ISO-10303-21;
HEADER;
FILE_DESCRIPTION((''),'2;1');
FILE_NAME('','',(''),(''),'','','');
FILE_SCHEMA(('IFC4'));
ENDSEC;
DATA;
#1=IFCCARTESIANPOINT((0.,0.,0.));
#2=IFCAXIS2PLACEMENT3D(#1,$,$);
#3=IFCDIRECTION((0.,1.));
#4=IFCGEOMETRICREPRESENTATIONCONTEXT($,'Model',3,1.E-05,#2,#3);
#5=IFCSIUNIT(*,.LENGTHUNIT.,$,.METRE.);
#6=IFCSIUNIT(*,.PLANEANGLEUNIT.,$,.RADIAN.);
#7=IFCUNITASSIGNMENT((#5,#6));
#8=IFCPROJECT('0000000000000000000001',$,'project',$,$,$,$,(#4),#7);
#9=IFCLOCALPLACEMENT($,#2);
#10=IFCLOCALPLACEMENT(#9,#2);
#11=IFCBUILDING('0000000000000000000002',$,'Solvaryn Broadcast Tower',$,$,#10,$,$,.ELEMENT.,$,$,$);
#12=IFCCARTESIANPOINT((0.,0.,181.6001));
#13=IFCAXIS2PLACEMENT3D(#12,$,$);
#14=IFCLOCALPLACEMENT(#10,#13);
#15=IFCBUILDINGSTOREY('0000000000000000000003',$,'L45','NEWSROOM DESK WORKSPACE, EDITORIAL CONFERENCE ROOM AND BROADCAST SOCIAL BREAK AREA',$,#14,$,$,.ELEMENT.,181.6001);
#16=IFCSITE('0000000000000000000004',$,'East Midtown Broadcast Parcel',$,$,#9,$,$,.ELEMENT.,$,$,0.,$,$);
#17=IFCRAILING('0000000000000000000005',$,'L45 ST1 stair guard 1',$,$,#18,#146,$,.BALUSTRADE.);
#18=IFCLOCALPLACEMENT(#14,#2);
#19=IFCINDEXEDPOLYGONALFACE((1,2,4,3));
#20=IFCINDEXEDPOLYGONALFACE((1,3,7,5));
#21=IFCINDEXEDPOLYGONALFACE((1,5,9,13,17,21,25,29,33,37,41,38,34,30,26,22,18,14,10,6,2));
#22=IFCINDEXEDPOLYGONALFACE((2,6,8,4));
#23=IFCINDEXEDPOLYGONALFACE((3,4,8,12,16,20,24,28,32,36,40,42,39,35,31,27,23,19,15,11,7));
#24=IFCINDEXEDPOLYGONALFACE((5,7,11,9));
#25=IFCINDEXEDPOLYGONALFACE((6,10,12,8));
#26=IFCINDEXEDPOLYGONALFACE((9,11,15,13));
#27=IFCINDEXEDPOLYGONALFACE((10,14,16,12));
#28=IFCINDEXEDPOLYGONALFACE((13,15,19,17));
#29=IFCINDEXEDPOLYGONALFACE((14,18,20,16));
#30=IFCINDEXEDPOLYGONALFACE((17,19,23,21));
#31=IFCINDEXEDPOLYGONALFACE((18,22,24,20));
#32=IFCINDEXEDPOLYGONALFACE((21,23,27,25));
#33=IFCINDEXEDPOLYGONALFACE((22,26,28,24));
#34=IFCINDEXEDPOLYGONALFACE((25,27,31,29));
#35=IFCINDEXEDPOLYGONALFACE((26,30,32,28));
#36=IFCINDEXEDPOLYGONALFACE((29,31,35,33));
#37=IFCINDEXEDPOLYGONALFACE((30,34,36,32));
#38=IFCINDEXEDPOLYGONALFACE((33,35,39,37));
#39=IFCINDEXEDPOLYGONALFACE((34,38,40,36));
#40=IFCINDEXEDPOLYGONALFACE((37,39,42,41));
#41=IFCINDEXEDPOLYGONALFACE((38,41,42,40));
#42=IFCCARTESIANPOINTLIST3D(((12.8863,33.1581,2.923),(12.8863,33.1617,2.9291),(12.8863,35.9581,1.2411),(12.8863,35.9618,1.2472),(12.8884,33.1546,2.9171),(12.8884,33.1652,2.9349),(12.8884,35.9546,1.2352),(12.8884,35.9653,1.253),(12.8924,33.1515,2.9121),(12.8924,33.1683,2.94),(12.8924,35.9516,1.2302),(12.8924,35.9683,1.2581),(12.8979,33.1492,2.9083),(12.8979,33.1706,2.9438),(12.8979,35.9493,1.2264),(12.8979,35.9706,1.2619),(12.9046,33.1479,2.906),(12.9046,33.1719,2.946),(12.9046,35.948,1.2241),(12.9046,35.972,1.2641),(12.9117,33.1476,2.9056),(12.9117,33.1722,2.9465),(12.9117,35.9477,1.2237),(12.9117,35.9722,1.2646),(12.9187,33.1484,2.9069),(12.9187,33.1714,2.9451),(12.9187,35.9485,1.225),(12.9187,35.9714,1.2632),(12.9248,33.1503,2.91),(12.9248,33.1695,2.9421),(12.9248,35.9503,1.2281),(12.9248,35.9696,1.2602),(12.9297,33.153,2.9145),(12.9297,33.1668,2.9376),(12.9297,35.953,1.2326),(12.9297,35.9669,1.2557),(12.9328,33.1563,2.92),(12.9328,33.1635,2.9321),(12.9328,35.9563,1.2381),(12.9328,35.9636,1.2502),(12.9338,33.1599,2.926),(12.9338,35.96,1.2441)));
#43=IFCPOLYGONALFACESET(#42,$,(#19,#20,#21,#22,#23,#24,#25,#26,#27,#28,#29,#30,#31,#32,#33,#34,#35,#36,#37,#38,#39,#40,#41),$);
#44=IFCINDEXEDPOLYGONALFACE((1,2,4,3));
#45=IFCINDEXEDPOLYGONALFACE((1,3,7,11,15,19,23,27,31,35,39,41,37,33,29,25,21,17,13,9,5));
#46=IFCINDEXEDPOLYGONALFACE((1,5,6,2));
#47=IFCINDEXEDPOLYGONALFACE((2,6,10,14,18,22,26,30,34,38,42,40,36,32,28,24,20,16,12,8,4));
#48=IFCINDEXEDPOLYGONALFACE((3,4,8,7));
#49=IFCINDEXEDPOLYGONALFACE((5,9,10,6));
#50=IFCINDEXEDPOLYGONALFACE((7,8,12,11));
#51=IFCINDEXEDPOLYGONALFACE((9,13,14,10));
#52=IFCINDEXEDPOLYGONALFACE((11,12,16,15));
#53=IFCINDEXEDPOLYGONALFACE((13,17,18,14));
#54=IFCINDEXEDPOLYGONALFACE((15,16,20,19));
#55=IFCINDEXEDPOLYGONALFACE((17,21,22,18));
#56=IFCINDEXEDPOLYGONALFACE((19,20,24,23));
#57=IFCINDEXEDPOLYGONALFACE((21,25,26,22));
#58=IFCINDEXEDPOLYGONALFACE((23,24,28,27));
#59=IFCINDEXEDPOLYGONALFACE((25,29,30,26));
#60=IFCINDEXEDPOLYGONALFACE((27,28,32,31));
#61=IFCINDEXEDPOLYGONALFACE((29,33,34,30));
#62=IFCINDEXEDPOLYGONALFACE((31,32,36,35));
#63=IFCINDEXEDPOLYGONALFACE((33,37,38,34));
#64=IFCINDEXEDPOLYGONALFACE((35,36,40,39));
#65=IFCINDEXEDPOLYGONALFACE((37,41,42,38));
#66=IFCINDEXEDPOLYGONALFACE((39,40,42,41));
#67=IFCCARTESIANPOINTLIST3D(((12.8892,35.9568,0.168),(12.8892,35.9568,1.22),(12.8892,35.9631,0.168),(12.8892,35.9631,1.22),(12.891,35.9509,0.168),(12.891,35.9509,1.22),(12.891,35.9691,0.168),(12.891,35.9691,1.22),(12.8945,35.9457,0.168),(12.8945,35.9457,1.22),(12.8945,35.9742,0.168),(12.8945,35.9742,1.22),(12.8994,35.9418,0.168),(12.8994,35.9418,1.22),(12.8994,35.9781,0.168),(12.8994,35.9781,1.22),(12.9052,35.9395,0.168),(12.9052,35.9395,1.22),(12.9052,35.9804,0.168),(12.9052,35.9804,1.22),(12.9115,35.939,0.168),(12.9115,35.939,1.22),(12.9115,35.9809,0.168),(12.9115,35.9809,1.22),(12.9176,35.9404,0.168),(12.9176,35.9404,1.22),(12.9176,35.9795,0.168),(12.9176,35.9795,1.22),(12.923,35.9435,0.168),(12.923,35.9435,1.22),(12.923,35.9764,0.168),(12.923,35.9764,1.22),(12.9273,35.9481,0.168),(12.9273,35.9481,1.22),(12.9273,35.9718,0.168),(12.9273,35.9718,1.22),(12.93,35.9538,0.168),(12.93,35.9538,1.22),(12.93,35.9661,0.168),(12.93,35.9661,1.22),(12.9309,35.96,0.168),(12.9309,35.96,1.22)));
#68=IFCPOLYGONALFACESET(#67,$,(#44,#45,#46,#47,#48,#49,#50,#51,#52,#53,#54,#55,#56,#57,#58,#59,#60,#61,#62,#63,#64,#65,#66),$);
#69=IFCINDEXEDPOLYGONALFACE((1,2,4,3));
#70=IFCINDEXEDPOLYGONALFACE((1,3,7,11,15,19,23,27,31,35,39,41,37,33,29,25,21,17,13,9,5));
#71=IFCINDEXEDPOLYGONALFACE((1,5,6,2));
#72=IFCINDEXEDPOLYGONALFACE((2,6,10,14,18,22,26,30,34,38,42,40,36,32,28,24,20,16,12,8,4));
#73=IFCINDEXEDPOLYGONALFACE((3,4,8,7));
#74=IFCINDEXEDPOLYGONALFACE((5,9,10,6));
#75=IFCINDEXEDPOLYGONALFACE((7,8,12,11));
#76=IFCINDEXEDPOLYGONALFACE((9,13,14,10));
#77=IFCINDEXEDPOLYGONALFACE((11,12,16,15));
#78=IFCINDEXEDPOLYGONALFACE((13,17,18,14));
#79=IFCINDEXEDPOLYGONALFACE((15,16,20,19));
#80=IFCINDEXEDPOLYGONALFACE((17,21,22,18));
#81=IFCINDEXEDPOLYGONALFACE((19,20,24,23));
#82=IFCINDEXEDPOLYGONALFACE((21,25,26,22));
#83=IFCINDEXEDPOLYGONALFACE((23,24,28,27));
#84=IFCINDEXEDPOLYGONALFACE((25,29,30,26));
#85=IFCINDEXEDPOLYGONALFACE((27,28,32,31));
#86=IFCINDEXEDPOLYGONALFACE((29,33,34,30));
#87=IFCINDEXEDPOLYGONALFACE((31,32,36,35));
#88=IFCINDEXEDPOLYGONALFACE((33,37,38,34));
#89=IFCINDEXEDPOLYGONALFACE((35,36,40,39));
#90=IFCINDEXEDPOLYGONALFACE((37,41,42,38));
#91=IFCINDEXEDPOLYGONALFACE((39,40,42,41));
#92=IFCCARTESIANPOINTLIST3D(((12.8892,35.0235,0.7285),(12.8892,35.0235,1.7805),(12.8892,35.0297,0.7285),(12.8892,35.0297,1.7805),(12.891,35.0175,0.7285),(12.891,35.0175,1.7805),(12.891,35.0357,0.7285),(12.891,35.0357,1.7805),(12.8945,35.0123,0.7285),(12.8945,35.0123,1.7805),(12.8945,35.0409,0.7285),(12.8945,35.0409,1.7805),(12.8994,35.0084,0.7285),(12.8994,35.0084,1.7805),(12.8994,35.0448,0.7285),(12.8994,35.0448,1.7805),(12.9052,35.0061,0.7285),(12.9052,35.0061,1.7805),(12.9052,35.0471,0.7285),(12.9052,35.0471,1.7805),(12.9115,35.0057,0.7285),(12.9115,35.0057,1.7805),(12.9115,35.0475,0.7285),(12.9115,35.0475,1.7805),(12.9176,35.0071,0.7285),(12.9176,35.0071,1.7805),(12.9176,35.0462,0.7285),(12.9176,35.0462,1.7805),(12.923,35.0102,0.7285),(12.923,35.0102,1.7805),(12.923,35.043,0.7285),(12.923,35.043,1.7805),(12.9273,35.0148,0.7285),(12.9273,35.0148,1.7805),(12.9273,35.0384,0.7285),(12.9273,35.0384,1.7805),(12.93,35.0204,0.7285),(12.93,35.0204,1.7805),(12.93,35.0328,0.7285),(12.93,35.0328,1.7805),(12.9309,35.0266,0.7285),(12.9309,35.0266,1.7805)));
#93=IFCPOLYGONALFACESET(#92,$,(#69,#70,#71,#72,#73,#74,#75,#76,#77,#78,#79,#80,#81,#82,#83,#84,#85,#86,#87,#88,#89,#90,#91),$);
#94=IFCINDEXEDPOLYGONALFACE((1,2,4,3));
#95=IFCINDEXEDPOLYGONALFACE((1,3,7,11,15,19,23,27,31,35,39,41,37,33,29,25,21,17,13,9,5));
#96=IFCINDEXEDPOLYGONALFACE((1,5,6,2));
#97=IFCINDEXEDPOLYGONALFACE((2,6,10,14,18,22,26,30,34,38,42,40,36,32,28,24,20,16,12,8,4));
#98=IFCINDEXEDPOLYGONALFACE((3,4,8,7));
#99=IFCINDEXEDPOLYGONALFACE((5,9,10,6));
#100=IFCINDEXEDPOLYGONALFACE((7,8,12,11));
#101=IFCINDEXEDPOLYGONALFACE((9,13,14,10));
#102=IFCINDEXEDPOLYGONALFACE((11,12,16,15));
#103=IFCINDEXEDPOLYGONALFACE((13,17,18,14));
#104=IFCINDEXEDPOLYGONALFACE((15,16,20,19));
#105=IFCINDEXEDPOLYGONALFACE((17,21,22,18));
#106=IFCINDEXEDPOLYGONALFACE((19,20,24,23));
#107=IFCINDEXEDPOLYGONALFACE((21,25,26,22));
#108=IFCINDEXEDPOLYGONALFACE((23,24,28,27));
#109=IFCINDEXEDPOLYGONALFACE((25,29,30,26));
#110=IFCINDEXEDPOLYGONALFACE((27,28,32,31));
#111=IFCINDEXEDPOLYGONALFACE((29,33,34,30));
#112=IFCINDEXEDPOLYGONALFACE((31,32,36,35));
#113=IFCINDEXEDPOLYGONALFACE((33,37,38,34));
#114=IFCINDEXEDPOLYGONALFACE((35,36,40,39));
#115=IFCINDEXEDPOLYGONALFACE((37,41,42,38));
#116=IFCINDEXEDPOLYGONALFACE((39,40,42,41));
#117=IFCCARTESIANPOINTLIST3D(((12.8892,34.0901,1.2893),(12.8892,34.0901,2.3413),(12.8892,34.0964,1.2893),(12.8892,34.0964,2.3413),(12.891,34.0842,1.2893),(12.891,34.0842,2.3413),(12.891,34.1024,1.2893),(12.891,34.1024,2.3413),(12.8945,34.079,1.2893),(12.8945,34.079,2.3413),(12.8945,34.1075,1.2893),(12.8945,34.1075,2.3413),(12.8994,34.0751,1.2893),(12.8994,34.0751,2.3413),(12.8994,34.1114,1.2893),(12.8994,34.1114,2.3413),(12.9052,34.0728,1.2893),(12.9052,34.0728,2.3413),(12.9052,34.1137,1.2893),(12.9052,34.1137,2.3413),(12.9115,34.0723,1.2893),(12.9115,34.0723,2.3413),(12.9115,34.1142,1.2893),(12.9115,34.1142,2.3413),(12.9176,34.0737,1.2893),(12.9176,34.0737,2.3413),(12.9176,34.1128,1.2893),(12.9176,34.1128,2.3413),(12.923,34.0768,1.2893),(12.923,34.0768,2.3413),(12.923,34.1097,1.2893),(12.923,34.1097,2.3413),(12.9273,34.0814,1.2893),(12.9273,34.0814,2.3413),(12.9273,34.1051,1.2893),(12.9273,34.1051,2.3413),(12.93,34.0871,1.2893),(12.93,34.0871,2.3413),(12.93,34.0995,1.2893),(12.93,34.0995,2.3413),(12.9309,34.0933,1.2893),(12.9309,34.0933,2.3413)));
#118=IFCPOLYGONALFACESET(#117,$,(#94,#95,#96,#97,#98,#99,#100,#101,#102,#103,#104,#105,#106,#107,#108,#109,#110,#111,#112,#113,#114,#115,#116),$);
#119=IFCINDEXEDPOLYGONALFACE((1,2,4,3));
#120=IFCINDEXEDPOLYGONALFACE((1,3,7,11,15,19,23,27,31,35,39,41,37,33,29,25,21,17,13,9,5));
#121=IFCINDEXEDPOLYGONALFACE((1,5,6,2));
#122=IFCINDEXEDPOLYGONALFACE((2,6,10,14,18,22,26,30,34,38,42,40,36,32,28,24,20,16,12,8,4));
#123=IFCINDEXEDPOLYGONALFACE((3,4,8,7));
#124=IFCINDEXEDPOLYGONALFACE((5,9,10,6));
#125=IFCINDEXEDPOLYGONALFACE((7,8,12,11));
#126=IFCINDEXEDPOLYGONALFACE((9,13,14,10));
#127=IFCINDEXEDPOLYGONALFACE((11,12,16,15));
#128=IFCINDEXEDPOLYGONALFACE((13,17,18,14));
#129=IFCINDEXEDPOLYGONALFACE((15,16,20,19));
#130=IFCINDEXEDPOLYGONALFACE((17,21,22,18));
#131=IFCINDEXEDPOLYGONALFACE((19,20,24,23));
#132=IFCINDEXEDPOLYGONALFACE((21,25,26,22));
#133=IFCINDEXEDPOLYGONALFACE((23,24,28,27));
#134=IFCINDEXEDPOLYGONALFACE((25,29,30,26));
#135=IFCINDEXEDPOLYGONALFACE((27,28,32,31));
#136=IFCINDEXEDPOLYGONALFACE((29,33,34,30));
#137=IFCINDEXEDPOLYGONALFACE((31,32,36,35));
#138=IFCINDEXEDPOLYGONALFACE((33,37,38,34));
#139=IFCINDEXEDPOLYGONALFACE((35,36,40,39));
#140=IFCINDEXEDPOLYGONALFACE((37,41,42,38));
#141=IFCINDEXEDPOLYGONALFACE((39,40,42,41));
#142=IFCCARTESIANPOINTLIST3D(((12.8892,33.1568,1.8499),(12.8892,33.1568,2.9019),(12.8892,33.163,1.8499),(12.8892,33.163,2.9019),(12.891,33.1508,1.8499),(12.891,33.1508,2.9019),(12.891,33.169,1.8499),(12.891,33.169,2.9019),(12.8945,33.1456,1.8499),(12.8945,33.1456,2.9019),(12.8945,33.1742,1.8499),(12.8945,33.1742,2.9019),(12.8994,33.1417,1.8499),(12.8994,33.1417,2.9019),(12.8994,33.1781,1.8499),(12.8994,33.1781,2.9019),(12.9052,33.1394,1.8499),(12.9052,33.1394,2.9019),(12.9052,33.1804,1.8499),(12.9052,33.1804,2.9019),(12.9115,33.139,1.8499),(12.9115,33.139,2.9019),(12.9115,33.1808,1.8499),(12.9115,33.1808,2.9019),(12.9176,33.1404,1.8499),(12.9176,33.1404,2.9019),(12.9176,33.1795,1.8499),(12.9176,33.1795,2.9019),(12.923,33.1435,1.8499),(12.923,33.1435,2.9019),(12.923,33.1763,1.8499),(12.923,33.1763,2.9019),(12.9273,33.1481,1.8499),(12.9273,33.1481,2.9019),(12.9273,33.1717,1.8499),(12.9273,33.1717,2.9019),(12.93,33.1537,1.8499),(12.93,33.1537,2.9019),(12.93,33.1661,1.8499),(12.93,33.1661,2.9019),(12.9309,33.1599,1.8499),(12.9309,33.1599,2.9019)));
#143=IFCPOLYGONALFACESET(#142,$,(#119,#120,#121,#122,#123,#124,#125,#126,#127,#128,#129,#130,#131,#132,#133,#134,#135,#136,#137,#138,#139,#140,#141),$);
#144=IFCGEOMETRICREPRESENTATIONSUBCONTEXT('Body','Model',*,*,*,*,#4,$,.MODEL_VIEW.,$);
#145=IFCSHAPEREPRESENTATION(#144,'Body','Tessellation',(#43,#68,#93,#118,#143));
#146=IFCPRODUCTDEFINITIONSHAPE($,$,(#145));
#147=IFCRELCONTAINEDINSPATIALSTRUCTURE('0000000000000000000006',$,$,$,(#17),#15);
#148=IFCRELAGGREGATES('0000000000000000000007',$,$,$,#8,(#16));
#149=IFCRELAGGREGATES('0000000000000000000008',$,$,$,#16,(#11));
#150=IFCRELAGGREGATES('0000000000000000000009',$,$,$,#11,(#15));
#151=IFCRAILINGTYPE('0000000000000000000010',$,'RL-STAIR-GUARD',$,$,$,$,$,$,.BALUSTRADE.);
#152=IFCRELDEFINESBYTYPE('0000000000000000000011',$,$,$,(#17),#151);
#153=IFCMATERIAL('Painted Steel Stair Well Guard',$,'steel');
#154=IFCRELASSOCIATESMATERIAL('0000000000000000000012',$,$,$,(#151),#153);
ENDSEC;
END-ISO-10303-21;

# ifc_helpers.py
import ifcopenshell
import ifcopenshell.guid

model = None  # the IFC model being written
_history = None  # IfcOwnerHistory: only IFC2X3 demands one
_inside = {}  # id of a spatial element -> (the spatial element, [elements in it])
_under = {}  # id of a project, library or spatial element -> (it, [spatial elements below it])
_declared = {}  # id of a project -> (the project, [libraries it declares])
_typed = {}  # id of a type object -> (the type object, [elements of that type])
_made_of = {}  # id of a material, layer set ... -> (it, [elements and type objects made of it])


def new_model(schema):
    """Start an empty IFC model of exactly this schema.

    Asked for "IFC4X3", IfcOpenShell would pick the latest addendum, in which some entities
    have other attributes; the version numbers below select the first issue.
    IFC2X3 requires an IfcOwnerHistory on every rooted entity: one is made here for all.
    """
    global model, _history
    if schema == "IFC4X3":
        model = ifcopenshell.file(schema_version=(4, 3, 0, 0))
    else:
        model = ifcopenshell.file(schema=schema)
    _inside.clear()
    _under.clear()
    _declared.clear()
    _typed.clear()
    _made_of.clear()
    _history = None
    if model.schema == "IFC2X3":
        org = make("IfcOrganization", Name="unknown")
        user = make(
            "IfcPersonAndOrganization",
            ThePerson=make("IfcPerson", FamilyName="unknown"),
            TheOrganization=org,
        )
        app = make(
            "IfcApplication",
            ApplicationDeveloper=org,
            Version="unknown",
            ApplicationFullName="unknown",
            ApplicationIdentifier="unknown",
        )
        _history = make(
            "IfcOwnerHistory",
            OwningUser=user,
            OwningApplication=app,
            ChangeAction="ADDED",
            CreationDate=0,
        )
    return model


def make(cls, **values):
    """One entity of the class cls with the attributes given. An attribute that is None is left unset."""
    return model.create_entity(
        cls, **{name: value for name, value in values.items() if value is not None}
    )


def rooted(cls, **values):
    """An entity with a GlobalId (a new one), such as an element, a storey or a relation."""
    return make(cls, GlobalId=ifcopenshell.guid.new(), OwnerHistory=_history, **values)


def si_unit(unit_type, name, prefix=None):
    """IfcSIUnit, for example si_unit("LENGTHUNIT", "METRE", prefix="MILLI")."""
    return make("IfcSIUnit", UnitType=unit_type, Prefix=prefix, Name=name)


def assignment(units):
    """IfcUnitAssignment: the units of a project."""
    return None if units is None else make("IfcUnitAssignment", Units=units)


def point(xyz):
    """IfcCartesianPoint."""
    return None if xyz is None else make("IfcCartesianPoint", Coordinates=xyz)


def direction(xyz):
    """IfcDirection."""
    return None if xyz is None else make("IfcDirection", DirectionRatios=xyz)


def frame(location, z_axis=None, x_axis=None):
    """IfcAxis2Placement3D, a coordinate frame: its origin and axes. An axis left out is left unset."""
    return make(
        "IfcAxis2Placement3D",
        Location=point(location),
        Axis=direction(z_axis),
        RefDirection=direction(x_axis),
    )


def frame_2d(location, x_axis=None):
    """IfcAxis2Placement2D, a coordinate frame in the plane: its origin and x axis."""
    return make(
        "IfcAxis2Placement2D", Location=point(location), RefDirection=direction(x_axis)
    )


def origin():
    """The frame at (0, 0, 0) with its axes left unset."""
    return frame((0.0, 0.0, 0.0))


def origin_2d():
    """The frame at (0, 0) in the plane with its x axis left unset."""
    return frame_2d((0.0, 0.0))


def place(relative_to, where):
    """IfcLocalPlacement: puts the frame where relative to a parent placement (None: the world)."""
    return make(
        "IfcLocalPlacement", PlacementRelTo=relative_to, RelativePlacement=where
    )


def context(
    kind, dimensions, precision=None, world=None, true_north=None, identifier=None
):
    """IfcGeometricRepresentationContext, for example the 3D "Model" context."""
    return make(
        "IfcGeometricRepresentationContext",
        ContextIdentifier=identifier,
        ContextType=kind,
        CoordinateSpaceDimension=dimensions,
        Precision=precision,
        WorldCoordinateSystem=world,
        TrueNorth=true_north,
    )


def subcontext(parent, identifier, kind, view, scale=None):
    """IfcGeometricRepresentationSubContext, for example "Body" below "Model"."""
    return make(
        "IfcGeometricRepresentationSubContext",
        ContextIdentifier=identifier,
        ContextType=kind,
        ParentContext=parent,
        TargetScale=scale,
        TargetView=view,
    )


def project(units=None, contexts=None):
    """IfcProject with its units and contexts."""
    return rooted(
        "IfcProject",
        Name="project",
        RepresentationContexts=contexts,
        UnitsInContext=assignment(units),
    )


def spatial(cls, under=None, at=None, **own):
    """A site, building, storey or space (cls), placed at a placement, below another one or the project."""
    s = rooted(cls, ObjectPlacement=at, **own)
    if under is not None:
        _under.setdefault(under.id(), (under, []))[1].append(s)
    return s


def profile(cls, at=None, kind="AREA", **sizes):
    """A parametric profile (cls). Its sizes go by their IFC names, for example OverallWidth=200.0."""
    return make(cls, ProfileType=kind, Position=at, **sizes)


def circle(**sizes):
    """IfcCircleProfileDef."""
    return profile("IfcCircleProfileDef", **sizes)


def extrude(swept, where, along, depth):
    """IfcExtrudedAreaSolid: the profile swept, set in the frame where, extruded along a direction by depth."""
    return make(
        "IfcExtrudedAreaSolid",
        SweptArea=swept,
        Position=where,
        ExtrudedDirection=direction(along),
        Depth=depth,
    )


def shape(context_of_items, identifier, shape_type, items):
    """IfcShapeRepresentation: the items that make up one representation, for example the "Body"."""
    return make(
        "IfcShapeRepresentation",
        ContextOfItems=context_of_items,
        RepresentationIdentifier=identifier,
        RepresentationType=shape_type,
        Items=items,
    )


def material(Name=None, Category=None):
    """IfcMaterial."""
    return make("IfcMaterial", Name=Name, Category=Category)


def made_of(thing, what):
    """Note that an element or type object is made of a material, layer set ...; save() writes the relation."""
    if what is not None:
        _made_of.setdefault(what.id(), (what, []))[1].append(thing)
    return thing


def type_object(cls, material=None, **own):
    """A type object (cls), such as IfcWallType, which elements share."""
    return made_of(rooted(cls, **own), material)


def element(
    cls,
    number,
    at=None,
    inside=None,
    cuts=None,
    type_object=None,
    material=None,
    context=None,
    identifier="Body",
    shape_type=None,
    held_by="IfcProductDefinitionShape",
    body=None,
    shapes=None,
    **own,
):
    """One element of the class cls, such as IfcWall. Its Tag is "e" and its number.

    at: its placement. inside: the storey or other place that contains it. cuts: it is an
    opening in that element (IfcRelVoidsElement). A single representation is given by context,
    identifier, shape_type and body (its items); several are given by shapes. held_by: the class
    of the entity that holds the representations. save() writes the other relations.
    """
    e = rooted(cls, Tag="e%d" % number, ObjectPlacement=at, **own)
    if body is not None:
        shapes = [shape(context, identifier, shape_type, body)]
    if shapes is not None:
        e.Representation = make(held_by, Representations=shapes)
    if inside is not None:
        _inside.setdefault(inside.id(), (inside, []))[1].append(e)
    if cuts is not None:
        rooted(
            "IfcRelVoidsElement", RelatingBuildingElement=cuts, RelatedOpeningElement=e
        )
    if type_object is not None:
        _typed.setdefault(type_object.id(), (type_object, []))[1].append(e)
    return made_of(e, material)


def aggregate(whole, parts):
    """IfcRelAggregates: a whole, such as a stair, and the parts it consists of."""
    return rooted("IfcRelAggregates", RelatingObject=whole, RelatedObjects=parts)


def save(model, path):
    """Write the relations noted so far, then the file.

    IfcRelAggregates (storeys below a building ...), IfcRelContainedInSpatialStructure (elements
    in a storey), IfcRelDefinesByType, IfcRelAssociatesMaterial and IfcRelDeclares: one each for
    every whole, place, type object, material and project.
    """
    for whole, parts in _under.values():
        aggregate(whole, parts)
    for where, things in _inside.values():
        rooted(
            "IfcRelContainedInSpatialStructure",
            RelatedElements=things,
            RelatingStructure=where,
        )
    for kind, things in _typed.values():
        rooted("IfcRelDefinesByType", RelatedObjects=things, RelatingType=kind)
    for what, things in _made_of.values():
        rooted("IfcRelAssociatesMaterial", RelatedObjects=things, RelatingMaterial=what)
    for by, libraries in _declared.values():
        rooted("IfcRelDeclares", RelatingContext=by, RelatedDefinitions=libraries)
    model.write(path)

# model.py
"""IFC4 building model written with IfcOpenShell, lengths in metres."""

from ifc_helpers import new_model, si_unit, direction, frame, origin, origin_2d, place, context, subcontext, project, spatial, circle, extrude, material, type_object, element, save


model = new_model("IFC4")

# Units and contexts
model_context = context("Model", 3, precision=1e-05, world=origin(), true_north=direction((0.0, 1.0)))
body_context = subcontext(model_context, "Body", "Model", "MODEL_VIEW")
ifc_project = project(units=[si_unit("LENGTHUNIT", "METRE"), si_unit("PLANEANGLEUNIT", "RADIAN")], contexts=[model_context])

# Site, building, storey
site_placement = place(None, origin())
site = spatial("IfcSite", under=ifc_project, at=site_placement, Name="East Midtown Broadcast Parcel", CompositionType="ELEMENT", RefElevation=0.0)
building_placement = place(site_placement, origin())
building = spatial("IfcBuilding", under=site, at=building_placement, Name="Solvaryn Broadcast Tower", CompositionType="ELEMENT")
storey_placement = place(building_placement, frame((0.0, 0.0, 181.6001)))
storey = spatial("IfcBuildingStorey", under=building, at=storey_placement, Name="L45", Description="NEWSROOM DESK WORKSPACE, EDITORIAL CONFERENCE ROOM AND BROADCAST SOCIAL BREAK AREA", CompositionType="ELEMENT", Elevation=181.6001)

# Railing
ifc_material_1 = material(Name="Painted Steel Stair Well Guard", Category="steel")
railing_type_1 = type_object("IfcRailingType", Name="RL-STAIR-GUARD", PredefinedType="BALUSTRADE", material=ifc_material_1)
railing_1_placement = place(storey_placement, frame((12.9099, 35.96, 0.168)))
element("IfcRailing", 1, at=railing_1_placement, inside=storey, type_object=railing_type_1, Name="L45 ST1 stair guard 1", PredefinedType="BALUSTRADE", context=body_context, shape_type="SweptSolid", body=[
    extrude(circle(Radius=0.0239, at=origin_2d()), frame((0.0, 0.0, 1.0762), z_axis=(0.0, -0.857242, 0.514913), x_axis=(1.0, 0.0, 0.0)), (0.0, 0.0, 1.0), 3.2664),
    extrude(circle(Radius=0.021, at=origin_2d()), origin(), (0.0, 0.0, 1.0), 1.052),
    extrude(circle(Radius=0.021, at=origin_2d()), frame((0.0, -0.9333, 0.5605)), (0.0, 0.0, 1.0), 1.052),
    extrude(circle(Radius=0.021, at=origin_2d()), frame((0.0, -1.8667, 1.1213)), (0.0, 0.0, 1.0), 1.052),
    extrude(circle(Radius=0.021, at=origin_2d()), frame((0.0, -2.8, 1.6819)), (0.0, 0.0, 1.0), 1.052),
])

save(model, "model.ifc")
